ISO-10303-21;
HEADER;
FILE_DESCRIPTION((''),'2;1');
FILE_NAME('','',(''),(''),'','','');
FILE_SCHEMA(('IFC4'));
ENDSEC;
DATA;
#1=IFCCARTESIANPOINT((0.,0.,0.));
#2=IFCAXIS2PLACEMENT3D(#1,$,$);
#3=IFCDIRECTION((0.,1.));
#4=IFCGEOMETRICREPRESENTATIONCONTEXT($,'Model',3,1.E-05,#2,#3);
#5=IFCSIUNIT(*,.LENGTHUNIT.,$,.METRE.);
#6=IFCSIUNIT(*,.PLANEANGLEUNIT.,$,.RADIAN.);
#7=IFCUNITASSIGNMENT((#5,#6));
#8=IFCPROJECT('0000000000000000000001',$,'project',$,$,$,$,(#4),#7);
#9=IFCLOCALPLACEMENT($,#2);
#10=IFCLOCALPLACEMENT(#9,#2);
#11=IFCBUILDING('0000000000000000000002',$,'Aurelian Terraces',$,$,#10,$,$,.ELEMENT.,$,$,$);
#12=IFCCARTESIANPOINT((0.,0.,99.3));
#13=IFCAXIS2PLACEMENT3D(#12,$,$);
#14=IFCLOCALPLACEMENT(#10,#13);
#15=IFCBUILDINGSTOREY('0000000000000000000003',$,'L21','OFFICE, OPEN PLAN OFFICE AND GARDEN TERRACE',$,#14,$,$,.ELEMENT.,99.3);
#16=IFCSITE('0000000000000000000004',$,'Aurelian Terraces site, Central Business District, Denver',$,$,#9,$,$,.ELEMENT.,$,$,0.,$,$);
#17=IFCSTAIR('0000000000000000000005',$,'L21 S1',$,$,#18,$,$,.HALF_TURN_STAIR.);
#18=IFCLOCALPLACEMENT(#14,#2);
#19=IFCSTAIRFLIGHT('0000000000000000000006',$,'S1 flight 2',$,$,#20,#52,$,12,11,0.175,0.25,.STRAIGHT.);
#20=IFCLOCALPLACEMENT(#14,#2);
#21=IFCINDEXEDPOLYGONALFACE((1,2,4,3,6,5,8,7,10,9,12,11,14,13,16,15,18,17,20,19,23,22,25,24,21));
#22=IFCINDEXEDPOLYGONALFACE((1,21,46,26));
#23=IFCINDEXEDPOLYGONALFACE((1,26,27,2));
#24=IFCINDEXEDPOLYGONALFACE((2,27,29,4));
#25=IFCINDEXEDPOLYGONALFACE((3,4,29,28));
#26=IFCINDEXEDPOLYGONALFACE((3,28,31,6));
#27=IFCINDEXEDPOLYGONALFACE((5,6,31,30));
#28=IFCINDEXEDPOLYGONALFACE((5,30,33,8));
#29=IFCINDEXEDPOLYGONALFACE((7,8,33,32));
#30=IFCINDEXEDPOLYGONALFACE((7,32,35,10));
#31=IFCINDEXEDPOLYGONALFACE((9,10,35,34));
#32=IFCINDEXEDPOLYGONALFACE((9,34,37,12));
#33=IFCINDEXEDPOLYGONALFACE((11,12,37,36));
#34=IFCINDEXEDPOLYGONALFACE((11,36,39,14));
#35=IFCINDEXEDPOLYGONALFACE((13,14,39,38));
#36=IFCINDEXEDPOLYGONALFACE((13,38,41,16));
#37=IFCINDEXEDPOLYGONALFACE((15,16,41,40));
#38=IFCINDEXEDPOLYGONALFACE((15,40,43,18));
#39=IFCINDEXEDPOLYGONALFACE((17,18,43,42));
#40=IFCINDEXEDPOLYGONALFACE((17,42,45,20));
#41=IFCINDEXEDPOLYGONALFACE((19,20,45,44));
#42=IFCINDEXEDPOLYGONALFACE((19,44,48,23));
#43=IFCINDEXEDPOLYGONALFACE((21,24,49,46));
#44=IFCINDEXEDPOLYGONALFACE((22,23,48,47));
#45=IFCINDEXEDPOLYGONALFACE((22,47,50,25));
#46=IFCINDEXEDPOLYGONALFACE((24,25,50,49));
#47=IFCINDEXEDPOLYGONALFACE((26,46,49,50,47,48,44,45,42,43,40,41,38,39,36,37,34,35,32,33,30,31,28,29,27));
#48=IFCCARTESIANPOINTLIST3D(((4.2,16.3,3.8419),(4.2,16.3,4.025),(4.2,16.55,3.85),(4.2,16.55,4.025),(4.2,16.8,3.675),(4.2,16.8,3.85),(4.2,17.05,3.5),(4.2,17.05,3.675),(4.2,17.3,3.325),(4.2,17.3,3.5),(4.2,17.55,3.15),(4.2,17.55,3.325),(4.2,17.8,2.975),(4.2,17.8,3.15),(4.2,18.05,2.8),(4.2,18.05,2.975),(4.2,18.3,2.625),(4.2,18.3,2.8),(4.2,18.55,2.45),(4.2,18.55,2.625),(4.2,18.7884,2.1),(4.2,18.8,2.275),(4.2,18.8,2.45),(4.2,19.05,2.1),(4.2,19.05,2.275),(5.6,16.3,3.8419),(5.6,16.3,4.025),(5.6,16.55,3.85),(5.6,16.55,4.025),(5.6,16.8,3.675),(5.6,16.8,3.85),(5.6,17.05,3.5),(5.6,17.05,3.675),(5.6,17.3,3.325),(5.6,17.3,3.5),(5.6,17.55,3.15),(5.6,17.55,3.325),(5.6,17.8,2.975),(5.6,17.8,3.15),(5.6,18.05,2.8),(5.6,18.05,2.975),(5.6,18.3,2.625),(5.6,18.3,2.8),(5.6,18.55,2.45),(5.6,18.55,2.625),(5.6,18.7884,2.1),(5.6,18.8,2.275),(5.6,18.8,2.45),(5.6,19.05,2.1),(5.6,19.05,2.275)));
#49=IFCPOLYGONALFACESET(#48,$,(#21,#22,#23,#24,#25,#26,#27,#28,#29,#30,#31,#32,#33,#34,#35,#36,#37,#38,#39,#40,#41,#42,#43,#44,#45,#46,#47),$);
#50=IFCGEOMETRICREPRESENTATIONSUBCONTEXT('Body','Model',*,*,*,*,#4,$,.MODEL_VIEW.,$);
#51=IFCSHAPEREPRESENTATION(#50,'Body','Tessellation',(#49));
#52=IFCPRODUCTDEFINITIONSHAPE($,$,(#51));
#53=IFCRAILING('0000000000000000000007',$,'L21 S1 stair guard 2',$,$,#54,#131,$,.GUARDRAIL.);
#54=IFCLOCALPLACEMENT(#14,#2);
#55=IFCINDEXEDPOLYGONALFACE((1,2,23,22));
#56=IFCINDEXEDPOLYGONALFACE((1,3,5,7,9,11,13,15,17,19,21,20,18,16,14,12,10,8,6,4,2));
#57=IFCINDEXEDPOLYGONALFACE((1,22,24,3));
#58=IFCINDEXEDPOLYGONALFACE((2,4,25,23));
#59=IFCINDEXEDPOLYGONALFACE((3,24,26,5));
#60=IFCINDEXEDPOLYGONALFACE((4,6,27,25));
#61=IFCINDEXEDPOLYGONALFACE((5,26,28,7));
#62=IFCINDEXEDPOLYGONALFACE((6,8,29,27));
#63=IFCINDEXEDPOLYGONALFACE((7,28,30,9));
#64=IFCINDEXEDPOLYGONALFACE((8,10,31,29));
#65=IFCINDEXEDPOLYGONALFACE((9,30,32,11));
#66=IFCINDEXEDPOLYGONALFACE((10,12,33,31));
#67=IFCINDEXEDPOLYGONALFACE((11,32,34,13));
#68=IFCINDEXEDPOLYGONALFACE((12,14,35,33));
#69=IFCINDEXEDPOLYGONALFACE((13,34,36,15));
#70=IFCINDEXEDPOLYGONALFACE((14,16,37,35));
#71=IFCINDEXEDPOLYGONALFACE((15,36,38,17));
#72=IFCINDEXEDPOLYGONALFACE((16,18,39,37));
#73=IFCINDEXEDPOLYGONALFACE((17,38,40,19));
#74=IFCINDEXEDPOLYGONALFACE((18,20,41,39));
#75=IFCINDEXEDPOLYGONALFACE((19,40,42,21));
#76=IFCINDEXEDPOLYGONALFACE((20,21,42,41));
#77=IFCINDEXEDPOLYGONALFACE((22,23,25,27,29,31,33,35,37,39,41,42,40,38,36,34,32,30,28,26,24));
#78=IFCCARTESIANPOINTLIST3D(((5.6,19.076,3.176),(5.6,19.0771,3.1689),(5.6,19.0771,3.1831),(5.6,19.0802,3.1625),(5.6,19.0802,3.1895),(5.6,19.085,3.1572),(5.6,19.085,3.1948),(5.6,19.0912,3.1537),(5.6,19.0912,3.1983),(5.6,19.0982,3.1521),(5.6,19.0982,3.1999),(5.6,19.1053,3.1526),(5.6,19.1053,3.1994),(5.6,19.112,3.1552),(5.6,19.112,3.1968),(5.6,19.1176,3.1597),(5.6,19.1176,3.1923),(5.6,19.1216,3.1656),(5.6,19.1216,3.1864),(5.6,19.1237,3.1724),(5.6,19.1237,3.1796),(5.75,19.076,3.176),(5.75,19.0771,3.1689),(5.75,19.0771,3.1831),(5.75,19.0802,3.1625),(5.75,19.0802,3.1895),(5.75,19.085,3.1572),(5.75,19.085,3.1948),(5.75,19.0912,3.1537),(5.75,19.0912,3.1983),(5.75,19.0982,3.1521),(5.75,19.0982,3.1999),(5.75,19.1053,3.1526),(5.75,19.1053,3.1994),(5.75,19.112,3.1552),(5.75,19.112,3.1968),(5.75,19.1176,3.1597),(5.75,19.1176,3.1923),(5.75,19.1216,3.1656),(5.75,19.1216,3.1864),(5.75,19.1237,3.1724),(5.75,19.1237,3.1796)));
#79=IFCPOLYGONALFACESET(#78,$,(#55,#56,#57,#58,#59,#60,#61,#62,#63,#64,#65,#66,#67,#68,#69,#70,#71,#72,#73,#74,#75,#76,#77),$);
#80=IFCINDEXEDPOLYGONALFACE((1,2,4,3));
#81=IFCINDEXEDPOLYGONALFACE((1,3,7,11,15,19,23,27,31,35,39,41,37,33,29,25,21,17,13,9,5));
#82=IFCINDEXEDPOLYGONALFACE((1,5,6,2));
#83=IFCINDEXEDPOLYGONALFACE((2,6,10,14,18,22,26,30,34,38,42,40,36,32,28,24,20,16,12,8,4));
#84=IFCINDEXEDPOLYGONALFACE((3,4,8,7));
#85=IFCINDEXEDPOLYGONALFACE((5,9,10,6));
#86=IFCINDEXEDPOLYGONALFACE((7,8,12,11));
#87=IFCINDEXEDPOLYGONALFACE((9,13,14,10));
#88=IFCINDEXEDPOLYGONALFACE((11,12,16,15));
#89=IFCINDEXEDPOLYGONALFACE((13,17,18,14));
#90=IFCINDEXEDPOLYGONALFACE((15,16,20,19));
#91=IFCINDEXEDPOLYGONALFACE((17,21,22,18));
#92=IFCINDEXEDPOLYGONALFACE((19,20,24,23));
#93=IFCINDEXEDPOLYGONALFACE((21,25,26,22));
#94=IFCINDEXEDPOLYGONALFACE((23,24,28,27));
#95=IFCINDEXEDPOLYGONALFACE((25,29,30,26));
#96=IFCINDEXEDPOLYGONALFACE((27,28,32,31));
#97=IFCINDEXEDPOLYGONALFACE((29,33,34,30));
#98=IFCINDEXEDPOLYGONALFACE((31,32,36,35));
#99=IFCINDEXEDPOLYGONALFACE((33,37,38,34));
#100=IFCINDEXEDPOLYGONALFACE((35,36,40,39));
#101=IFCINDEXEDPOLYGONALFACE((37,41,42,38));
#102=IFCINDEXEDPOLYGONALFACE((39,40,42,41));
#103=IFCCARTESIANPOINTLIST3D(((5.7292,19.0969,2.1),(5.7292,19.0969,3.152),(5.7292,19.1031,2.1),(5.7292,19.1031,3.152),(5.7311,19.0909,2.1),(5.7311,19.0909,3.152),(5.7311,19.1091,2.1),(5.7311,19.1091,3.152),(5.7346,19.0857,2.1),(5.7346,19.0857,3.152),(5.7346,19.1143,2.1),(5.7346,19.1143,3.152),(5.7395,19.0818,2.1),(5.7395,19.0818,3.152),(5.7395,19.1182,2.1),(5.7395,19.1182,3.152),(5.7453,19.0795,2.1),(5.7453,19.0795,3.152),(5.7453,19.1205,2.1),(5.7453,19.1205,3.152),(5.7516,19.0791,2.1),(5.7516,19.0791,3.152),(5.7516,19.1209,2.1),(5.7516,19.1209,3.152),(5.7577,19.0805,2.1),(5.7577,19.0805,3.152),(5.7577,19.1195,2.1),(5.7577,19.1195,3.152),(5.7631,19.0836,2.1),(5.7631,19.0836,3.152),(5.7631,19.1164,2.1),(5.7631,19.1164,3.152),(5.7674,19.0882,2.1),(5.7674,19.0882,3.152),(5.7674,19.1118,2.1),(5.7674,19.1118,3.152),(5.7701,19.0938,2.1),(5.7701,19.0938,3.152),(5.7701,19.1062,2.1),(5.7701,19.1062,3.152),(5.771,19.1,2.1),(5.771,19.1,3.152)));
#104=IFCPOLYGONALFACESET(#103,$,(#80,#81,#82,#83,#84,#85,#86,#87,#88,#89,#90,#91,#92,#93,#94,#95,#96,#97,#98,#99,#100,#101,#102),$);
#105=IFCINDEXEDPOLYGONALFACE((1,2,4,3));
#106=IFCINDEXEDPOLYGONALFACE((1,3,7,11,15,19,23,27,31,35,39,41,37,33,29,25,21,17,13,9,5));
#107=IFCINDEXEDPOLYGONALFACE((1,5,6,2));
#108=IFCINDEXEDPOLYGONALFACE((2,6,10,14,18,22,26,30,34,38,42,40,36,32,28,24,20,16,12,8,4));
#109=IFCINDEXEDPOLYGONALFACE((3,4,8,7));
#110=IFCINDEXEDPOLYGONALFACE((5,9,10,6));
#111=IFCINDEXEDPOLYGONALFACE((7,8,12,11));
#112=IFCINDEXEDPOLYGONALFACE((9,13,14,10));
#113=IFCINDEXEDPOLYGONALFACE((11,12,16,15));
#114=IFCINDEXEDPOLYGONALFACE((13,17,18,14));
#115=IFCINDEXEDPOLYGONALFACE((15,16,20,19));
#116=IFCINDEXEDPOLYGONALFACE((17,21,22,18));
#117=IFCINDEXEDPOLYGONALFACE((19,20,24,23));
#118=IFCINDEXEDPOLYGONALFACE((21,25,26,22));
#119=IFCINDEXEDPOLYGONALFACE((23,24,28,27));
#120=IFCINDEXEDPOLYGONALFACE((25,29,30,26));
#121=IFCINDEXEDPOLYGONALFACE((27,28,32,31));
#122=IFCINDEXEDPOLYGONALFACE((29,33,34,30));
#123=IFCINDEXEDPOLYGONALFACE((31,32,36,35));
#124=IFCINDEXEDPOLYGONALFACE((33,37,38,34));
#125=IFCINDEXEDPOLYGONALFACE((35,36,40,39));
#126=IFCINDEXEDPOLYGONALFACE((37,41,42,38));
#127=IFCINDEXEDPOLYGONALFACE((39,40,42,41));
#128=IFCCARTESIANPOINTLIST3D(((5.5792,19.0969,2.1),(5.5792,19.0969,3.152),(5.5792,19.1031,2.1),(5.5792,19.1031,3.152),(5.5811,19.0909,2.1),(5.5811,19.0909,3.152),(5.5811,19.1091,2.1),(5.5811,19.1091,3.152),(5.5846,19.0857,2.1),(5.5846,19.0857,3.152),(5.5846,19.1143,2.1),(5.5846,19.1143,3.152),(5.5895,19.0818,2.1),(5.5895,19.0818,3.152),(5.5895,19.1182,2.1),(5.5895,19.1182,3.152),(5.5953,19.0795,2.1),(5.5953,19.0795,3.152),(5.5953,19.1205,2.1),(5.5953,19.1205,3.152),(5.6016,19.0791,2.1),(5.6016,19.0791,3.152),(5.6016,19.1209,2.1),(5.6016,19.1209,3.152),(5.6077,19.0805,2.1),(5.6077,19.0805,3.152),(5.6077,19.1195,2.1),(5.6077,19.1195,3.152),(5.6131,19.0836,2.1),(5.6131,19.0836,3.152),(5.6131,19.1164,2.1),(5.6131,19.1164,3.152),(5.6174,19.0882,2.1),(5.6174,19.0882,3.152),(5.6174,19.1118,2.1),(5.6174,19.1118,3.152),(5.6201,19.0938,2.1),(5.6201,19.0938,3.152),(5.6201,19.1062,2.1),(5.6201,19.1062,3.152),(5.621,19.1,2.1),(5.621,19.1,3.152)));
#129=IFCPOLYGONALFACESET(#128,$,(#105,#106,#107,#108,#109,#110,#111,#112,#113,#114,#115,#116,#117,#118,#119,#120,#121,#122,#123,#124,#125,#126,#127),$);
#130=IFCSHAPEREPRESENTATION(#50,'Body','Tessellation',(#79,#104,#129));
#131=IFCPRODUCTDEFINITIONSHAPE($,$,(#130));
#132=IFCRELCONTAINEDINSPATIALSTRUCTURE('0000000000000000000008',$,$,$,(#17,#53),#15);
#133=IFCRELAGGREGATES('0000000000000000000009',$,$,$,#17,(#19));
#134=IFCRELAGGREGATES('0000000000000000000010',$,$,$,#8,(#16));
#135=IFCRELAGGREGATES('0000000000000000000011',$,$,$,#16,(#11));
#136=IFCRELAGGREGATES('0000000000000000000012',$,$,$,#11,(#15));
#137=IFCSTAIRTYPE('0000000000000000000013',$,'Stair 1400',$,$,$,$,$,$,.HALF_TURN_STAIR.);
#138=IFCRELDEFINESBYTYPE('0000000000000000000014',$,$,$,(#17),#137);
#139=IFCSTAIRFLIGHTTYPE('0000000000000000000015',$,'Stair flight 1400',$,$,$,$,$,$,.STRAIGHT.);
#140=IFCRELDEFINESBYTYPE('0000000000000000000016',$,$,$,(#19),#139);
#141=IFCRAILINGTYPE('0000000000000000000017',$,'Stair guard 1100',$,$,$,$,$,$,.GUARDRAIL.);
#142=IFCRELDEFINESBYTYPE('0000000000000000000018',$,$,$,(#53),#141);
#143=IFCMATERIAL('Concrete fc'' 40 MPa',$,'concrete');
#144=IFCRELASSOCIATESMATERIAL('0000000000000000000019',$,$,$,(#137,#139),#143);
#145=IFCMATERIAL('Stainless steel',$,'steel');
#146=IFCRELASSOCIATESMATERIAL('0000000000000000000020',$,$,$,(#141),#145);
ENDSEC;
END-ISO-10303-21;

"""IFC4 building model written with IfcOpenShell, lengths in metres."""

from ifc_helpers import new_model, si_unit, direction, frame, origin, origin_2d, place, context, subcontext, project, spatial, polyline, circle, outline, extrude, source, transform, mapped, material, type_object, element, aggregate, save


model = new_model("IFC4")

# Units and contexts
model_context = context("Model", 3, precision=1e-05, world=origin(), true_north=direction((0.0, 1.0)))
body_context = subcontext(model_context, "Body", "Model", "MODEL_VIEW")
ifc_project = project(units=[si_unit("LENGTHUNIT", "METRE"), si_unit("PLANEANGLEUNIT", "RADIAN")], contexts=[model_context])

# Site, building, storey
site_placement = place(None, origin())
site = spatial("IfcSite", under=ifc_project, at=site_placement, Name="Aurelian Terraces site, Central Business District, Denver", CompositionType="ELEMENT", RefElevation=0.0)
building_placement = place(site_placement, origin())
building = spatial("IfcBuilding", under=site, at=building_placement, Name="Aurelian Terraces", CompositionType="ELEMENT")
storey_placement = place(building_placement, frame((0.0, 0.0, 99.3)))
storey = spatial("IfcBuildingStorey", under=building, at=storey_placement, Name="L21", Description="OFFICE, OPEN PLAN OFFICE AND GARDEN TERRACE", CompositionType="ELEMENT", Elevation=99.3)

# Stair, stair flight
ifc_material_1 = material(Name="Concrete fc' 40 MPa", Category="concrete")
stair_type = type_object("IfcStairType", Name="Stair 1400", PredefinedType="HALF_TURN_STAIR", material=ifc_material_1)
stair_placement = place(storey_placement, origin())
stair = element("IfcStair", 1, at=stair_placement, inside=storey, type_object=stair_type, Name="L21 S1", PredefinedType="HALF_TURN_STAIR")
stair_flight_type = type_object("IfcStairFlightType", Name="Stair flight 1400", PredefinedType="STRAIGHT", material=ifc_material_1)
shared_shape_1 = source(origin(), body_context, "Body", "SweptSolid", [
    extrude(outline(polyline([(0.0, 0.0), (0.0, 0.175), (0.25, 0.175), (0.25, 0.35), (0.5, 0.35), (0.5, 0.525), (0.75, 0.525), (0.75, 0.7), (1.0, 0.7), (1.0, 0.875), (1.25, 0.875), (1.25, 1.05), (1.5, 1.05), (1.5, 1.225), (1.75, 1.225), (1.75, 1.4), (2.0, 1.4), (2.0, 1.575), (2.25, 1.575), (2.25, 1.75), (2.5, 1.75), (2.5, 1.925), (2.75, 1.925), (2.75, 2.1), (2.75, 1.7419), (0.2616, 0.0), (0.0, 0.0)])), frame((0.0, 0.7, 0.0), z_axis=(0.0, -1.0, 0.0), x_axis=(1.0, 0.0, 0.0)), (0.0, 0.0, 1.0), 1.4),
])
stair_flight_placement = place(storey_placement, frame((4.9, 19.05, 2.1), z_axis=(0.0, 0.0, 1.0), x_axis=(0.0, -1.0, 0.0)))
stair_flight = element("IfcStairFlight", 2, at=stair_flight_placement, type_object=stair_flight_type, Name="S1 flight 2", NumberOfRisers=12, NumberOfTreads=11, PredefinedType="STRAIGHT", RiserHeight=0.175, TreadLength=0.25, context=body_context, shape_type="MappedRepresentation", body=[
    mapped(shared_shape_1, transform((0.0, 0.0, 0.0), scale=1.0)),
])
aggregate(stair, [stair_flight])

# Railing
ifc_material_2 = material(Name="Stainless steel", Category="steel")
railing_type_1 = type_object("IfcRailingType", Name="Stair guard 1100", PredefinedType="GUARDRAIL", material=ifc_material_2)
shared_shape_2 = source(origin(), body_context, "Body", "SweptSolid", [
    extrude(circle(Radius=0.024, at=origin_2d()), frame((0.0, 0.0, 1.076), z_axis=(-1.0, 0.0, 0.0), x_axis=(0.0, -1.0, 0.0)), (0.0, 0.0, 1.0), 0.15),
    extrude(circle(Radius=0.021, at=origin_2d()), origin(), (0.0, 0.0, 1.0), 1.052),
    extrude(circle(Radius=0.021, at=origin_2d()), frame((-0.15, 0.0, 0.0)), (0.0, 0.0, 1.0), 1.052),
])
railing_1_placement = place(storey_placement, frame((5.75, 19.1, 2.1)))
element("IfcRailing", 3, at=railing_1_placement, inside=storey, type_object=railing_type_1, Name="L21 S1 stair guard 2", PredefinedType="GUARDRAIL", context=body_context, shape_type="MappedRepresentation", body=[
    mapped(shared_shape_2, transform((0.0, 0.0, 0.0), scale=1.0)),
])

save(model, "model.ifc")
